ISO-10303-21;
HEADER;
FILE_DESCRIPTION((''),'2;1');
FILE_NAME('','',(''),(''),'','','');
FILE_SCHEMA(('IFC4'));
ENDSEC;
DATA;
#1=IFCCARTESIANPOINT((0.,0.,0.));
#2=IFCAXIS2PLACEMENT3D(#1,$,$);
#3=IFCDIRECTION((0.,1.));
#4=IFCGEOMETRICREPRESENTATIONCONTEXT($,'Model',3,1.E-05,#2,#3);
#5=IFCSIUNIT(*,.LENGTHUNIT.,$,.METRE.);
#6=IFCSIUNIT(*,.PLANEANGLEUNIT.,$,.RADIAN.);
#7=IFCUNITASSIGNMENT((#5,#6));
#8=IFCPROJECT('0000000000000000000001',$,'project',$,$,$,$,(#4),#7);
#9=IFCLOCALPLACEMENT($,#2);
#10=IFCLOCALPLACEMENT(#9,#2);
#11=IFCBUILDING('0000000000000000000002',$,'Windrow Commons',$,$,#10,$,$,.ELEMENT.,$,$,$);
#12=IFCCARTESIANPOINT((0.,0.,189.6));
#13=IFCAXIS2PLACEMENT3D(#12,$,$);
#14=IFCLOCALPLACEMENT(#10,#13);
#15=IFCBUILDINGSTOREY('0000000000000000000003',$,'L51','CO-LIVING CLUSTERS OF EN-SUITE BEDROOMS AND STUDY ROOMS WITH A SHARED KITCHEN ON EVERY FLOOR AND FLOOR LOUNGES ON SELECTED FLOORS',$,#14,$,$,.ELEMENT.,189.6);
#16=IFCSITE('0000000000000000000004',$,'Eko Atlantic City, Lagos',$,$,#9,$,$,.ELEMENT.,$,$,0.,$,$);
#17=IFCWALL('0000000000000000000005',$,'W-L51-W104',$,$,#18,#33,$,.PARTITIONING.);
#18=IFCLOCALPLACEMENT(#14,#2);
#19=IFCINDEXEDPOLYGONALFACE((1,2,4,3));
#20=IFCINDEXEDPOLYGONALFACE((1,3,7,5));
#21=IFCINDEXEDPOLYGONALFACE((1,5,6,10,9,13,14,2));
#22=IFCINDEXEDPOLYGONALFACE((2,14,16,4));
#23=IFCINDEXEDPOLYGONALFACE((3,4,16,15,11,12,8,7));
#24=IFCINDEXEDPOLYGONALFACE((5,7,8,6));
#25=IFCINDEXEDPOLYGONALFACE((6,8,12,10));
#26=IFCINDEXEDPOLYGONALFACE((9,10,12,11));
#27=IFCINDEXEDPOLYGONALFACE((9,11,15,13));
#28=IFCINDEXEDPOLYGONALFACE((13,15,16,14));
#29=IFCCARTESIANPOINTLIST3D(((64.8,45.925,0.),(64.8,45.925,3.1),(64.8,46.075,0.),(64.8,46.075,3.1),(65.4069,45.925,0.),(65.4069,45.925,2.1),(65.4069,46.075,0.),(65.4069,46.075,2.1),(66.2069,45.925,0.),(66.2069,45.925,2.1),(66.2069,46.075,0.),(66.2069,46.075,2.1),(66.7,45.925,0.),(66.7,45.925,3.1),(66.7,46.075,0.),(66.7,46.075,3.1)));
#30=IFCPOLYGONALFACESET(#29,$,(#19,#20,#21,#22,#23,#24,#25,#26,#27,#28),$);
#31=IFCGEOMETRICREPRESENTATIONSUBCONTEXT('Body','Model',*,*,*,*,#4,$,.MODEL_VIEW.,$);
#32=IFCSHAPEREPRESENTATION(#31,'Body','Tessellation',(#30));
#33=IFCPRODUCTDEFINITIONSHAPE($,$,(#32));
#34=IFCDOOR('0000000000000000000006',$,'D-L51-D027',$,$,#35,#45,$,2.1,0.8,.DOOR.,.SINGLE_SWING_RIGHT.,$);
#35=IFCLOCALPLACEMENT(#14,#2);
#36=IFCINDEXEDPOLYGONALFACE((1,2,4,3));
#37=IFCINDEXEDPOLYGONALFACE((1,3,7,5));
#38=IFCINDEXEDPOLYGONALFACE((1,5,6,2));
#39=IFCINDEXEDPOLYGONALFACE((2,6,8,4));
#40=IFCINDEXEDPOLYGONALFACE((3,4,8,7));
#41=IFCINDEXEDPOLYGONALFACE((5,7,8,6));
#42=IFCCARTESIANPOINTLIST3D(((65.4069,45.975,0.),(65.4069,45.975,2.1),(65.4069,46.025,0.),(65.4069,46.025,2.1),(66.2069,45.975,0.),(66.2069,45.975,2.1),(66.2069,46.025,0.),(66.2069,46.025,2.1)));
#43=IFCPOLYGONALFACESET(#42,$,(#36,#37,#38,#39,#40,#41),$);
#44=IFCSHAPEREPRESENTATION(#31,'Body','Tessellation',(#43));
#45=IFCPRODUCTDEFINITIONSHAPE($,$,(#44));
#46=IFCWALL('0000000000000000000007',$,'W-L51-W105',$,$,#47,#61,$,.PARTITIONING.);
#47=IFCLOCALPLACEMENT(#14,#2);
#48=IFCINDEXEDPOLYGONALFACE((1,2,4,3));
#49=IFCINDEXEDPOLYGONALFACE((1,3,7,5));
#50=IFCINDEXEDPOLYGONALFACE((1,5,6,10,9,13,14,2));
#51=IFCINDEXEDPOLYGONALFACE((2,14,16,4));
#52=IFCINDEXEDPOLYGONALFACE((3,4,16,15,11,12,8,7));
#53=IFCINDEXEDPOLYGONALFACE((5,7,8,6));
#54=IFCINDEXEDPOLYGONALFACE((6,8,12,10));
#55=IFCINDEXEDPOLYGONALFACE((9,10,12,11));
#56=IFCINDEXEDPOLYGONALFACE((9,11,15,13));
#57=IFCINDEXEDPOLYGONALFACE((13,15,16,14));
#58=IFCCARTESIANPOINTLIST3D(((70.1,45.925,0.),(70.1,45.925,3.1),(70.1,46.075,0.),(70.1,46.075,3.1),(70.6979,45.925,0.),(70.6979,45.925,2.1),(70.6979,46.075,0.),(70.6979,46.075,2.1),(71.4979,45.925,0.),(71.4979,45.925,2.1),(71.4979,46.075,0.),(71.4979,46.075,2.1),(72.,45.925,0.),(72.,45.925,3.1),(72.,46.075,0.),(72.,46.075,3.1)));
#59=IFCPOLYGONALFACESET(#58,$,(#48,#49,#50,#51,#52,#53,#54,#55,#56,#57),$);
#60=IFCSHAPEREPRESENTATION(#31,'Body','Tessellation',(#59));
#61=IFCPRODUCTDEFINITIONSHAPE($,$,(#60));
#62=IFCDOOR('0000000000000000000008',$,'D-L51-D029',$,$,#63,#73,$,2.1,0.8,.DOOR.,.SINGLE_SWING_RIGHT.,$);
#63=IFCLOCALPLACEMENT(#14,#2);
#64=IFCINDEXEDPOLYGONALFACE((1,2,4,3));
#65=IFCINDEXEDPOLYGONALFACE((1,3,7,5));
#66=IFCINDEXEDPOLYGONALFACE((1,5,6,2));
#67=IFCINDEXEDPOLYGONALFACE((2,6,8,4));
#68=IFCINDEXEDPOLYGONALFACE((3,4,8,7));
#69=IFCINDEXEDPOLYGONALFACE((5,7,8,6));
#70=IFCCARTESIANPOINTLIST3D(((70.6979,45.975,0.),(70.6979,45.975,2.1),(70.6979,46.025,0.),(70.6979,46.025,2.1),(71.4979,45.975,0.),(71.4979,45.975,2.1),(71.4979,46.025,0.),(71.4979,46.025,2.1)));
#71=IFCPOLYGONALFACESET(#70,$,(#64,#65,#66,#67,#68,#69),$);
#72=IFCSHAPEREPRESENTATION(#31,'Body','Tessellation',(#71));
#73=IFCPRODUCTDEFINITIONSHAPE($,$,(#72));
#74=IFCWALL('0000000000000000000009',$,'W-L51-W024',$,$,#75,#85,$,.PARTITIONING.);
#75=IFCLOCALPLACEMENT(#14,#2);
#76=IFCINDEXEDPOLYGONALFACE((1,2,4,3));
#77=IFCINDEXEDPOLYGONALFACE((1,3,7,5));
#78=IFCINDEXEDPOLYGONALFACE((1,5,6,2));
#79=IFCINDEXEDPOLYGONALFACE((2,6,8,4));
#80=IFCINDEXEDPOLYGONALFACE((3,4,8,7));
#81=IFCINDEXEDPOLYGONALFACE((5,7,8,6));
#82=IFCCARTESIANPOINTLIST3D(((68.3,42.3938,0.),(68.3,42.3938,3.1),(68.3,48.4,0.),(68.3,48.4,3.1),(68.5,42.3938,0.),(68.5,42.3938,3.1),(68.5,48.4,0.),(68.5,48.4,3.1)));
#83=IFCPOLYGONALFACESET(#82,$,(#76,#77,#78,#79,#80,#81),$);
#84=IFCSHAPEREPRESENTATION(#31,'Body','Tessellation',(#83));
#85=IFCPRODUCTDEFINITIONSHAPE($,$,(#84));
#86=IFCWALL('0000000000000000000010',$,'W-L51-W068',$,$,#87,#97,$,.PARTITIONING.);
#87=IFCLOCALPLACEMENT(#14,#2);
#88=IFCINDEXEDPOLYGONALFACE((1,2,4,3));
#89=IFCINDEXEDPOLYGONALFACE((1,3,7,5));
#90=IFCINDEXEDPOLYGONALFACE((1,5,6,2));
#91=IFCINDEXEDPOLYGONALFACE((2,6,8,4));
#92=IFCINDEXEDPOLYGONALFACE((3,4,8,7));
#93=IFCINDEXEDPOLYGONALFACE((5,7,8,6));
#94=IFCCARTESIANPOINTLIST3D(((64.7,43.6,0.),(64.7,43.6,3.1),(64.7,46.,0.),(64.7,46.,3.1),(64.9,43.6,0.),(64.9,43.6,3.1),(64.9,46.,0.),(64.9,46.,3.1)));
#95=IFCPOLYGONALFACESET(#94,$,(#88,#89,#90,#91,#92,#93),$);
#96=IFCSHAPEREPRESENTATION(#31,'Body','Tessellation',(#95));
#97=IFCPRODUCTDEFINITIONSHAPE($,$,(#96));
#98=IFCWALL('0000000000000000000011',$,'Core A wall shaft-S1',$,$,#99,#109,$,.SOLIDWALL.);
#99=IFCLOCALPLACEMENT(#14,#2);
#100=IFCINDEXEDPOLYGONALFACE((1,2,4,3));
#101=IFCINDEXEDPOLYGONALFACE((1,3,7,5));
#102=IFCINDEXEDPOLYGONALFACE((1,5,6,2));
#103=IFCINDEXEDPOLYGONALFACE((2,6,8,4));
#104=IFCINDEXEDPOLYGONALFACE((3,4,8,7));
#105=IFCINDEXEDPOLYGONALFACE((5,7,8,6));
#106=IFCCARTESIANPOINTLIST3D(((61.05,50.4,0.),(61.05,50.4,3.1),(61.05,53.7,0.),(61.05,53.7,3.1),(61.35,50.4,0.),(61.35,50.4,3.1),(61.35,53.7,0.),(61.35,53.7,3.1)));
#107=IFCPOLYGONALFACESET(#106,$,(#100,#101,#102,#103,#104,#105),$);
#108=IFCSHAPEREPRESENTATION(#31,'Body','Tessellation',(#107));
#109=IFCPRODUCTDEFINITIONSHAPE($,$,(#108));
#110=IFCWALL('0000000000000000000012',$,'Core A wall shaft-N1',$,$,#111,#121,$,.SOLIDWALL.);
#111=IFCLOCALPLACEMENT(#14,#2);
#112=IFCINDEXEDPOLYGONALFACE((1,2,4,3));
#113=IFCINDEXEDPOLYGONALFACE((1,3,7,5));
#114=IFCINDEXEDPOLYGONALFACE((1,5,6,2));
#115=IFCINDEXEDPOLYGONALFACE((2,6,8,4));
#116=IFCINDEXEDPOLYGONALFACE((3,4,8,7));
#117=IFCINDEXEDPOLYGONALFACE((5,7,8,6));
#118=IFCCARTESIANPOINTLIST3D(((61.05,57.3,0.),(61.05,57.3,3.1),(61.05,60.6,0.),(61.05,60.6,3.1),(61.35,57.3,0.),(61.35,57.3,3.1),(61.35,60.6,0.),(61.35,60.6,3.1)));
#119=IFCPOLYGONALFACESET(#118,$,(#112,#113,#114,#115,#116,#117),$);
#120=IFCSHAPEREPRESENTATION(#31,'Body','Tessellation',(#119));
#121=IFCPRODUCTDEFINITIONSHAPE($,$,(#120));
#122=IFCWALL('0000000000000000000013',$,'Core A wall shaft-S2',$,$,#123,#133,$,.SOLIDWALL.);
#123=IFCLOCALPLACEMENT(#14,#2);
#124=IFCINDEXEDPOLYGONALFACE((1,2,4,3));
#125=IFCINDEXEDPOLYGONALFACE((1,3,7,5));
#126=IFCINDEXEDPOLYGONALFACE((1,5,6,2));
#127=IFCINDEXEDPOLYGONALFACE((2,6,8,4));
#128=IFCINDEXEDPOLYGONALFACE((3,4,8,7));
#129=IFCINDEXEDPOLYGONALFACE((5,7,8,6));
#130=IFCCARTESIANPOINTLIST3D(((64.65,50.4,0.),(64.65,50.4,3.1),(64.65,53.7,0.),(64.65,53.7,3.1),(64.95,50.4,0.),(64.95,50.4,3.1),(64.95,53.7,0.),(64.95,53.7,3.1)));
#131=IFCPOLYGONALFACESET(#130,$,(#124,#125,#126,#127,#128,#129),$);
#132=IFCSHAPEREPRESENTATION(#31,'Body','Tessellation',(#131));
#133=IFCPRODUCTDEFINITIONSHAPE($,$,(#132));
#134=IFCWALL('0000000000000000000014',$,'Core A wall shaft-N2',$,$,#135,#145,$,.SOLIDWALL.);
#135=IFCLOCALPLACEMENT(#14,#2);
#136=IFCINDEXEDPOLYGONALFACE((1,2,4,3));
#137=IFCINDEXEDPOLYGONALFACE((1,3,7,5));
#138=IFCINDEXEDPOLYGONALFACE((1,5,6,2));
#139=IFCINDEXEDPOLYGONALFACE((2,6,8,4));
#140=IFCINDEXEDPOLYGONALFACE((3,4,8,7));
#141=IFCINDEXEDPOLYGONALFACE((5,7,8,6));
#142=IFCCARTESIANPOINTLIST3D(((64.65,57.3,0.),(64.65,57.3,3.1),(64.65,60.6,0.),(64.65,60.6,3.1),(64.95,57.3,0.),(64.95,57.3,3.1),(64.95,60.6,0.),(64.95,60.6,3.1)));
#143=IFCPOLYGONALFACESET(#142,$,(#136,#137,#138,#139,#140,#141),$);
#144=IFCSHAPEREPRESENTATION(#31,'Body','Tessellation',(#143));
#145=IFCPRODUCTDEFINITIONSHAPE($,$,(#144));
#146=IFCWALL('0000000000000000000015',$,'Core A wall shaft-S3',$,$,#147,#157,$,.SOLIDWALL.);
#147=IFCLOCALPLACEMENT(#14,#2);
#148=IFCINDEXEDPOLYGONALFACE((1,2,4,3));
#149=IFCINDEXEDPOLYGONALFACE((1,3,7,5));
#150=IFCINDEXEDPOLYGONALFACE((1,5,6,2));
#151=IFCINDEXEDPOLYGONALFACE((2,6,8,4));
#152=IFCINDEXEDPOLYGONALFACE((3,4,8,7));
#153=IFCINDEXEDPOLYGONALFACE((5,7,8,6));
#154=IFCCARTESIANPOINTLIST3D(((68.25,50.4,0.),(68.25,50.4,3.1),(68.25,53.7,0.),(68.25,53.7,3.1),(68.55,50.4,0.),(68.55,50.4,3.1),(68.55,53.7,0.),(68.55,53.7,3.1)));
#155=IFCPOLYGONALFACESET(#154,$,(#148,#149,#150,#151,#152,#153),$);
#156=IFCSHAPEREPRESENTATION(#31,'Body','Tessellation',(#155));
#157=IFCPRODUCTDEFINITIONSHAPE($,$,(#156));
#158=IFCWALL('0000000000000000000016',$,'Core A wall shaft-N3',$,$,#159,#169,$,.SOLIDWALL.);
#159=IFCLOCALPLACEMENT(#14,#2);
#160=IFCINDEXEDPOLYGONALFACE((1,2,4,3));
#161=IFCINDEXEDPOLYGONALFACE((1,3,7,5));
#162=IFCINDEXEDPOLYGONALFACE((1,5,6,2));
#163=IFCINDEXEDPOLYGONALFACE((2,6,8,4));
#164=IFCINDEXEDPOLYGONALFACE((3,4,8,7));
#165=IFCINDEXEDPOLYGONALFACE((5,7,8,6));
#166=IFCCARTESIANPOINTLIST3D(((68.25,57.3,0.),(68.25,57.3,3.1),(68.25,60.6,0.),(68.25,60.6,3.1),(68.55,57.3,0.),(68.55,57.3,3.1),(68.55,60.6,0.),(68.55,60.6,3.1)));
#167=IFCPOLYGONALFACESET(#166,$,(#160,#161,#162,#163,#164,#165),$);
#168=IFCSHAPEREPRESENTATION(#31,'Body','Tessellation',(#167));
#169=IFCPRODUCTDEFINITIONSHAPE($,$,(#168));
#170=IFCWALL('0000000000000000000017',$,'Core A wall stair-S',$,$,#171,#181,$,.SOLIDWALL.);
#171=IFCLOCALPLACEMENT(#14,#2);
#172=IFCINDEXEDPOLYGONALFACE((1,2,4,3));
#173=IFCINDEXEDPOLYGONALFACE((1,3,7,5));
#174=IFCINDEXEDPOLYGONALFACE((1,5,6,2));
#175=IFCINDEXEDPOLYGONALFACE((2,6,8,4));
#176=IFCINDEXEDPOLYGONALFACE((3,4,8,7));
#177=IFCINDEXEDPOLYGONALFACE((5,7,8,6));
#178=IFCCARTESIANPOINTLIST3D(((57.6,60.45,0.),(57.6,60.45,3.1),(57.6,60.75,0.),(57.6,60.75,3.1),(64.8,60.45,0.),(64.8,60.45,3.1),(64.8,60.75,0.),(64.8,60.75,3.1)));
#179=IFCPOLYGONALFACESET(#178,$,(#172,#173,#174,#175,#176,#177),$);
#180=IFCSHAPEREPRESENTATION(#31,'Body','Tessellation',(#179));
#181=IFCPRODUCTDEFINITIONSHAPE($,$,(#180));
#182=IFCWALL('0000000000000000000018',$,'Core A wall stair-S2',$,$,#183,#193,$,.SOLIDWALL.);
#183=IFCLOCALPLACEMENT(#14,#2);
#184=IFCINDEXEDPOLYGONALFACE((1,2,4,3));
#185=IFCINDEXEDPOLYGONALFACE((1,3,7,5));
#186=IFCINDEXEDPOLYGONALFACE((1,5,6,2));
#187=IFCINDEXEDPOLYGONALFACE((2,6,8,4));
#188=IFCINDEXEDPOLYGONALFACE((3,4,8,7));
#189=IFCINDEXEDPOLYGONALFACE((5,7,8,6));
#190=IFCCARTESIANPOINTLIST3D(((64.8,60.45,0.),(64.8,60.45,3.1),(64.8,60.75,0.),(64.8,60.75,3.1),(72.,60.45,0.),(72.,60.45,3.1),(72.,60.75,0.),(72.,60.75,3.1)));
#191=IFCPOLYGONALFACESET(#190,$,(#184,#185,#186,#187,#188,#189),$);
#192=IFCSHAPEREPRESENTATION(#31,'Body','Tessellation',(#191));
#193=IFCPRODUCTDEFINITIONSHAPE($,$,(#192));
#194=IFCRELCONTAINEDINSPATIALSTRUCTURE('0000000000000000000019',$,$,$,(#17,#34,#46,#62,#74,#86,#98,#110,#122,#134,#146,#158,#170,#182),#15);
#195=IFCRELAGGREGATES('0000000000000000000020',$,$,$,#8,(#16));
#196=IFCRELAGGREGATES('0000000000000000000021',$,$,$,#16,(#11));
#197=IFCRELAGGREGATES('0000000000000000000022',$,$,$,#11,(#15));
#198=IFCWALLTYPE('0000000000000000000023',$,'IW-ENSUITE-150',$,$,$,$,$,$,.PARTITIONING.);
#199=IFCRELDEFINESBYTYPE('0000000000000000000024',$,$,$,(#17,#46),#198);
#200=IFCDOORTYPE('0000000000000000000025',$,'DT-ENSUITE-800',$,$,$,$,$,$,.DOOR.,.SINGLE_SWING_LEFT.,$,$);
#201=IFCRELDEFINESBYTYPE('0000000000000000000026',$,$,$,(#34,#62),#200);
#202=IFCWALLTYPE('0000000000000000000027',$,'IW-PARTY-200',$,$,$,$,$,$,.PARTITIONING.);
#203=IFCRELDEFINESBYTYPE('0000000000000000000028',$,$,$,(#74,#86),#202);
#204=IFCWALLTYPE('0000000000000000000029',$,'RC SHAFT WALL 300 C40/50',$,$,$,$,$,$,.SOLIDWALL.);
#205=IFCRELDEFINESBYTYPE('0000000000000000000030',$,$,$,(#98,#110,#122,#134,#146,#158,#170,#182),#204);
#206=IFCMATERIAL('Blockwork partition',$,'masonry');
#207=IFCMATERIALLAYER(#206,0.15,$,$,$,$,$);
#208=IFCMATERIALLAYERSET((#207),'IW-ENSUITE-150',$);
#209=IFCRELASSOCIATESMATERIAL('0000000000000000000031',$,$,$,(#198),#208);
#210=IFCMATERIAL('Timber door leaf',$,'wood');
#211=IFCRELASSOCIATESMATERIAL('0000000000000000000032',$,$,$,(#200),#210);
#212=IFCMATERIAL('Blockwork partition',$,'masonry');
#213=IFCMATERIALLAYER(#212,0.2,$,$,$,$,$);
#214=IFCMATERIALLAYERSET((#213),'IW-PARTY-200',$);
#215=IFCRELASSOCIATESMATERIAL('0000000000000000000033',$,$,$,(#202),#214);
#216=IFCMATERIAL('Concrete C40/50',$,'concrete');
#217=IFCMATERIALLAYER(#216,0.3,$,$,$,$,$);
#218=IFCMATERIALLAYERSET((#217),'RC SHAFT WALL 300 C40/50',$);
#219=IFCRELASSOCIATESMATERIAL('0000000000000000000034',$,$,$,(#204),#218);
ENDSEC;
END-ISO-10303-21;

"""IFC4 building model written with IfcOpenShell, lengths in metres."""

from ifc_helpers import new_model, si_unit, direction, frame, frame_2d, origin, place, context, subcontext, project, spatial, rectangle, extrude, material, layer, layer_set, type_object, element, fill, save


model = new_model("IFC4")

# Units and contexts
model_context = context("Model", 3, precision=1e-05, world=origin(), true_north=direction((0.0, 1.0)))
body_context = subcontext(model_context, "Body", "Model", "MODEL_VIEW")
ifc_project = project(units=[si_unit("LENGTHUNIT", "METRE"), si_unit("PLANEANGLEUNIT", "RADIAN")], contexts=[model_context])

# Site, building, storey
site_placement = place(None, origin())
site = spatial("IfcSite", under=ifc_project, at=site_placement, Name="Eko Atlantic City, Lagos", CompositionType="ELEMENT", RefElevation=0.0)
building_placement = place(site_placement, origin())
building = spatial("IfcBuilding", under=site, at=building_placement, Name="Windrow Commons", CompositionType="ELEMENT")
storey_placement = place(building_placement, frame((0.0, 0.0, 189.6)))
storey = spatial("IfcBuildingStorey", under=building, at=storey_placement, Name="L51", Description="CO-LIVING CLUSTERS OF EN-SUITE BEDROOMS AND STUDY ROOMS WITH A SHARED KITCHEN ON EVERY FLOOR AND FLOOR LOUNGES ON SELECTED FLOORS", CompositionType="ELEMENT", Elevation=189.6)

# Shared definitions
ifc_material_1 = material(Name="Blockwork partition", Category="masonry")
ifc_layer_1 = layer(ifc_material_1, 0.15)
ifc_layer_set_1 = layer_set([ifc_layer_1], Name="IW-ENSUITE-150")
wall_type_1 = type_object("IfcWallType", Name="IW-ENSUITE-150", PredefinedType="PARTITIONING", material=ifc_layer_set_1)

# Walls, openings, doors
wall_1_placement = place(storey_placement, frame((64.8, 46.0, 0.0), z_axis=(0.0, 0.0, 1.0), x_axis=(1.0, 0.0, 0.0)))
wall_1 = element("IfcWall", 1, at=wall_1_placement, inside=storey, type_object=wall_type_1, Name="W-L51-W104", PredefinedType="PARTITIONING", context=body_context, shape_type="SweptSolid", body=[
    extrude(rectangle(XDim=1.9, YDim=0.15, at=frame_2d((0.95, 0.0))), origin(), (0.0, 0.0, 1.0), 3.1),
])
opening_1_placement = place(wall_1_placement, frame((0.6069, 0.0, 0.0)))
opening_1 = element("IfcOpeningElement", 2, at=opening_1_placement, cuts=wall_1, PredefinedType="OPENING", context=body_context, shape_type="SweptSolid", body=[
    extrude(rectangle(XDim=0.8, YDim=2.1, at=frame_2d((0.4, 1.05))), frame((0.0, 0.085, 0.0), z_axis=(0.0, -1.0, 0.0), x_axis=(1.0, 0.0, 0.0)), (0.0, 0.0, 1.0), 0.17),
])
ifc_material_2 = material(Name="Timber door leaf", Category="wood")
door_type = type_object("IfcDoorType", Name="DT-ENSUITE-800", OperationType="SINGLE_SWING_LEFT", PredefinedType="DOOR", material=ifc_material_2)
door_1_placement = place(opening_1_placement, origin())
door_1 = element("IfcDoor", 3, at=door_1_placement, inside=storey, type_object=door_type, Name="D-L51-D027", OperationType="SINGLE_SWING_RIGHT", OverallHeight=2.1, OverallWidth=0.8, PredefinedType="DOOR", context=body_context, shape_type="SweptSolid", body=[
    extrude(rectangle(XDim=0.8, YDim=2.1, at=frame_2d((0.4, 1.05))), frame((0.0, 0.025, 0.0), z_axis=(0.0, -1.0, 0.0), x_axis=(1.0, 0.0, 0.0)), (0.0, 0.0, 1.0), 0.05),
])
fill(opening_1, door_1)
wall_2_placement = place(storey_placement, frame((70.1, 46.0, 0.0), z_axis=(0.0, 0.0, 1.0), x_axis=(1.0, 0.0, 0.0)))
wall_2 = element("IfcWall", 4, at=wall_2_placement, inside=storey, type_object=wall_type_1, Name="W-L51-W105", PredefinedType="PARTITIONING", context=body_context, shape_type="SweptSolid", body=[
    extrude(rectangle(XDim=1.9, YDim=0.15, at=frame_2d((0.95, 0.0))), origin(), (0.0, 0.0, 1.0), 3.1),
])
opening_2_placement = place(wall_2_placement, frame((0.5979, 0.0, 0.0)))
opening_2 = element("IfcOpeningElement", 5, at=opening_2_placement, cuts=wall_2, PredefinedType="OPENING", context=body_context, shape_type="SweptSolid", body=[
    extrude(rectangle(XDim=0.8, YDim=2.1, at=frame_2d((0.4, 1.05))), frame((0.0, 0.085, 0.0), z_axis=(0.0, -1.0, 0.0), x_axis=(1.0, 0.0, 0.0)), (0.0, 0.0, 1.0), 0.17),
])
door_2_placement = place(opening_2_placement, origin())
door_2 = element("IfcDoor", 6, at=door_2_placement, inside=storey, type_object=door_type, Name="D-L51-D029", OperationType="SINGLE_SWING_RIGHT", OverallHeight=2.1, OverallWidth=0.8, PredefinedType="DOOR", context=body_context, shape_type="SweptSolid", body=[
    extrude(rectangle(XDim=0.8, YDim=2.1, at=frame_2d((0.4, 1.05))), frame((0.0, 0.025, 0.0), z_axis=(0.0, -1.0, 0.0), x_axis=(1.0, 0.0, 0.0)), (0.0, 0.0, 1.0), 0.05),
])
fill(opening_2, door_2)

# Walls
ifc_material_3 = material(Name="Blockwork partition", Category="masonry")
ifc_layer_2 = layer(ifc_material_3, 0.2)
ifc_layer_set_2 = layer_set([ifc_layer_2], Name="IW-PARTY-200")
wall_type_2 = type_object("IfcWallType", Name="IW-PARTY-200", PredefinedType="PARTITIONING", material=ifc_layer_set_2)
wall_3_placement = place(storey_placement, frame((68.4, 42.3937, 0.0), z_axis=(0.0, 0.0, 1.0), x_axis=(0.0, 1.0, 0.0)))
element("IfcWall", 7, at=wall_3_placement, inside=storey, type_object=wall_type_2, Name="W-L51-W024", PredefinedType="PARTITIONING", context=body_context, shape_type="SweptSolid", body=[
    extrude(rectangle(XDim=6.0063, YDim=0.2, at=frame_2d((3.0032, 0.0))), origin(), (0.0, 0.0, 1.0), 3.1),
])
wall_4_placement = place(storey_placement, frame((64.8, 43.6, 0.0), z_axis=(0.0, 0.0, 1.0), x_axis=(0.0, 1.0, 0.0)))
element("IfcWall", 8, at=wall_4_placement, inside=storey, type_object=wall_type_2, Name="W-L51-W068", PredefinedType="PARTITIONING", context=body_context, shape_type="SweptSolid", body=[
    extrude(rectangle(XDim=2.4, YDim=0.2, at=frame_2d((1.2, 0.0))), origin(), (0.0, 0.0, 1.0), 3.1),
])
ifc_material_4 = material(Name="Concrete C40/50", Category="concrete")
ifc_layer_3 = layer(ifc_material_4, 0.3)
ifc_layer_set_3 = layer_set([ifc_layer_3], Name="RC SHAFT WALL 300 C40/50")
wall_type_3 = type_object("IfcWallType", Name="RC SHAFT WALL 300 C40/50", PredefinedType="SOLIDWALL", material=ifc_layer_set_3)
for number, where, z_axis, x_axis, name in (
    (9, (61.2, 50.4, 0.0), (0.0, 0.0, 1.0), (0.0, 1.0, 0.0), "Core A wall shaft-S1"),
    (10, (61.2, 57.3, 0.0), (0.0, 0.0, 1.0), (0.0, 1.0, 0.0), "Core A wall shaft-N1"),
    (11, (64.8, 50.4, 0.0), (0.0, 0.0, 1.0), (0.0, 1.0, 0.0), "Core A wall shaft-S2"),
    (12, (64.8, 57.3, 0.0), (0.0, 0.0, 1.0), (0.0, 1.0, 0.0), "Core A wall shaft-N2"),
    (13, (68.4, 50.4, 0.0), (0.0, 0.0, 1.0), (0.0, 1.0, 0.0), "Core A wall shaft-S3"),
    (14, (68.4, 57.3, 0.0), (0.0, 0.0, 1.0), (0.0, 1.0, 0.0), "Core A wall shaft-N3"),
):
    element("IfcWall", number, at=place(storey_placement, frame(where, z_axis=z_axis, x_axis=x_axis)), inside=storey, type_object=wall_type_3, Name=name, PredefinedType="SOLIDWALL", context=body_context, shape_type="SweptSolid", body=[
        extrude(rectangle(XDim=3.3, YDim=0.3, at=frame_2d((1.65, 0.0))), origin(), (0.0, 0.0, 1.0), 3.1),
    ])
for number, where, z_axis, x_axis, name in (
    (15, (57.6, 60.6, 0.0), (0.0, 0.0, 1.0), (1.0, 0.0, 0.0), "Core A wall stair-S"),
    (16, (64.8, 60.6, 0.0), (0.0, 0.0, 1.0), (1.0, 0.0, 0.0), "Core A wall stair-S2"),
):
    element("IfcWall", number, at=place(storey_placement, frame(where, z_axis=z_axis, x_axis=x_axis)), inside=storey, type_object=wall_type_3, Name=name, PredefinedType="SOLIDWALL", context=body_context, shape_type="SweptSolid", body=[
        extrude(rectangle(XDim=7.2, YDim=0.3, at=frame_2d((3.6, 0.0))), origin(), (0.0, 0.0, 1.0), 3.1),
    ])

save(model, "model.ifc")
